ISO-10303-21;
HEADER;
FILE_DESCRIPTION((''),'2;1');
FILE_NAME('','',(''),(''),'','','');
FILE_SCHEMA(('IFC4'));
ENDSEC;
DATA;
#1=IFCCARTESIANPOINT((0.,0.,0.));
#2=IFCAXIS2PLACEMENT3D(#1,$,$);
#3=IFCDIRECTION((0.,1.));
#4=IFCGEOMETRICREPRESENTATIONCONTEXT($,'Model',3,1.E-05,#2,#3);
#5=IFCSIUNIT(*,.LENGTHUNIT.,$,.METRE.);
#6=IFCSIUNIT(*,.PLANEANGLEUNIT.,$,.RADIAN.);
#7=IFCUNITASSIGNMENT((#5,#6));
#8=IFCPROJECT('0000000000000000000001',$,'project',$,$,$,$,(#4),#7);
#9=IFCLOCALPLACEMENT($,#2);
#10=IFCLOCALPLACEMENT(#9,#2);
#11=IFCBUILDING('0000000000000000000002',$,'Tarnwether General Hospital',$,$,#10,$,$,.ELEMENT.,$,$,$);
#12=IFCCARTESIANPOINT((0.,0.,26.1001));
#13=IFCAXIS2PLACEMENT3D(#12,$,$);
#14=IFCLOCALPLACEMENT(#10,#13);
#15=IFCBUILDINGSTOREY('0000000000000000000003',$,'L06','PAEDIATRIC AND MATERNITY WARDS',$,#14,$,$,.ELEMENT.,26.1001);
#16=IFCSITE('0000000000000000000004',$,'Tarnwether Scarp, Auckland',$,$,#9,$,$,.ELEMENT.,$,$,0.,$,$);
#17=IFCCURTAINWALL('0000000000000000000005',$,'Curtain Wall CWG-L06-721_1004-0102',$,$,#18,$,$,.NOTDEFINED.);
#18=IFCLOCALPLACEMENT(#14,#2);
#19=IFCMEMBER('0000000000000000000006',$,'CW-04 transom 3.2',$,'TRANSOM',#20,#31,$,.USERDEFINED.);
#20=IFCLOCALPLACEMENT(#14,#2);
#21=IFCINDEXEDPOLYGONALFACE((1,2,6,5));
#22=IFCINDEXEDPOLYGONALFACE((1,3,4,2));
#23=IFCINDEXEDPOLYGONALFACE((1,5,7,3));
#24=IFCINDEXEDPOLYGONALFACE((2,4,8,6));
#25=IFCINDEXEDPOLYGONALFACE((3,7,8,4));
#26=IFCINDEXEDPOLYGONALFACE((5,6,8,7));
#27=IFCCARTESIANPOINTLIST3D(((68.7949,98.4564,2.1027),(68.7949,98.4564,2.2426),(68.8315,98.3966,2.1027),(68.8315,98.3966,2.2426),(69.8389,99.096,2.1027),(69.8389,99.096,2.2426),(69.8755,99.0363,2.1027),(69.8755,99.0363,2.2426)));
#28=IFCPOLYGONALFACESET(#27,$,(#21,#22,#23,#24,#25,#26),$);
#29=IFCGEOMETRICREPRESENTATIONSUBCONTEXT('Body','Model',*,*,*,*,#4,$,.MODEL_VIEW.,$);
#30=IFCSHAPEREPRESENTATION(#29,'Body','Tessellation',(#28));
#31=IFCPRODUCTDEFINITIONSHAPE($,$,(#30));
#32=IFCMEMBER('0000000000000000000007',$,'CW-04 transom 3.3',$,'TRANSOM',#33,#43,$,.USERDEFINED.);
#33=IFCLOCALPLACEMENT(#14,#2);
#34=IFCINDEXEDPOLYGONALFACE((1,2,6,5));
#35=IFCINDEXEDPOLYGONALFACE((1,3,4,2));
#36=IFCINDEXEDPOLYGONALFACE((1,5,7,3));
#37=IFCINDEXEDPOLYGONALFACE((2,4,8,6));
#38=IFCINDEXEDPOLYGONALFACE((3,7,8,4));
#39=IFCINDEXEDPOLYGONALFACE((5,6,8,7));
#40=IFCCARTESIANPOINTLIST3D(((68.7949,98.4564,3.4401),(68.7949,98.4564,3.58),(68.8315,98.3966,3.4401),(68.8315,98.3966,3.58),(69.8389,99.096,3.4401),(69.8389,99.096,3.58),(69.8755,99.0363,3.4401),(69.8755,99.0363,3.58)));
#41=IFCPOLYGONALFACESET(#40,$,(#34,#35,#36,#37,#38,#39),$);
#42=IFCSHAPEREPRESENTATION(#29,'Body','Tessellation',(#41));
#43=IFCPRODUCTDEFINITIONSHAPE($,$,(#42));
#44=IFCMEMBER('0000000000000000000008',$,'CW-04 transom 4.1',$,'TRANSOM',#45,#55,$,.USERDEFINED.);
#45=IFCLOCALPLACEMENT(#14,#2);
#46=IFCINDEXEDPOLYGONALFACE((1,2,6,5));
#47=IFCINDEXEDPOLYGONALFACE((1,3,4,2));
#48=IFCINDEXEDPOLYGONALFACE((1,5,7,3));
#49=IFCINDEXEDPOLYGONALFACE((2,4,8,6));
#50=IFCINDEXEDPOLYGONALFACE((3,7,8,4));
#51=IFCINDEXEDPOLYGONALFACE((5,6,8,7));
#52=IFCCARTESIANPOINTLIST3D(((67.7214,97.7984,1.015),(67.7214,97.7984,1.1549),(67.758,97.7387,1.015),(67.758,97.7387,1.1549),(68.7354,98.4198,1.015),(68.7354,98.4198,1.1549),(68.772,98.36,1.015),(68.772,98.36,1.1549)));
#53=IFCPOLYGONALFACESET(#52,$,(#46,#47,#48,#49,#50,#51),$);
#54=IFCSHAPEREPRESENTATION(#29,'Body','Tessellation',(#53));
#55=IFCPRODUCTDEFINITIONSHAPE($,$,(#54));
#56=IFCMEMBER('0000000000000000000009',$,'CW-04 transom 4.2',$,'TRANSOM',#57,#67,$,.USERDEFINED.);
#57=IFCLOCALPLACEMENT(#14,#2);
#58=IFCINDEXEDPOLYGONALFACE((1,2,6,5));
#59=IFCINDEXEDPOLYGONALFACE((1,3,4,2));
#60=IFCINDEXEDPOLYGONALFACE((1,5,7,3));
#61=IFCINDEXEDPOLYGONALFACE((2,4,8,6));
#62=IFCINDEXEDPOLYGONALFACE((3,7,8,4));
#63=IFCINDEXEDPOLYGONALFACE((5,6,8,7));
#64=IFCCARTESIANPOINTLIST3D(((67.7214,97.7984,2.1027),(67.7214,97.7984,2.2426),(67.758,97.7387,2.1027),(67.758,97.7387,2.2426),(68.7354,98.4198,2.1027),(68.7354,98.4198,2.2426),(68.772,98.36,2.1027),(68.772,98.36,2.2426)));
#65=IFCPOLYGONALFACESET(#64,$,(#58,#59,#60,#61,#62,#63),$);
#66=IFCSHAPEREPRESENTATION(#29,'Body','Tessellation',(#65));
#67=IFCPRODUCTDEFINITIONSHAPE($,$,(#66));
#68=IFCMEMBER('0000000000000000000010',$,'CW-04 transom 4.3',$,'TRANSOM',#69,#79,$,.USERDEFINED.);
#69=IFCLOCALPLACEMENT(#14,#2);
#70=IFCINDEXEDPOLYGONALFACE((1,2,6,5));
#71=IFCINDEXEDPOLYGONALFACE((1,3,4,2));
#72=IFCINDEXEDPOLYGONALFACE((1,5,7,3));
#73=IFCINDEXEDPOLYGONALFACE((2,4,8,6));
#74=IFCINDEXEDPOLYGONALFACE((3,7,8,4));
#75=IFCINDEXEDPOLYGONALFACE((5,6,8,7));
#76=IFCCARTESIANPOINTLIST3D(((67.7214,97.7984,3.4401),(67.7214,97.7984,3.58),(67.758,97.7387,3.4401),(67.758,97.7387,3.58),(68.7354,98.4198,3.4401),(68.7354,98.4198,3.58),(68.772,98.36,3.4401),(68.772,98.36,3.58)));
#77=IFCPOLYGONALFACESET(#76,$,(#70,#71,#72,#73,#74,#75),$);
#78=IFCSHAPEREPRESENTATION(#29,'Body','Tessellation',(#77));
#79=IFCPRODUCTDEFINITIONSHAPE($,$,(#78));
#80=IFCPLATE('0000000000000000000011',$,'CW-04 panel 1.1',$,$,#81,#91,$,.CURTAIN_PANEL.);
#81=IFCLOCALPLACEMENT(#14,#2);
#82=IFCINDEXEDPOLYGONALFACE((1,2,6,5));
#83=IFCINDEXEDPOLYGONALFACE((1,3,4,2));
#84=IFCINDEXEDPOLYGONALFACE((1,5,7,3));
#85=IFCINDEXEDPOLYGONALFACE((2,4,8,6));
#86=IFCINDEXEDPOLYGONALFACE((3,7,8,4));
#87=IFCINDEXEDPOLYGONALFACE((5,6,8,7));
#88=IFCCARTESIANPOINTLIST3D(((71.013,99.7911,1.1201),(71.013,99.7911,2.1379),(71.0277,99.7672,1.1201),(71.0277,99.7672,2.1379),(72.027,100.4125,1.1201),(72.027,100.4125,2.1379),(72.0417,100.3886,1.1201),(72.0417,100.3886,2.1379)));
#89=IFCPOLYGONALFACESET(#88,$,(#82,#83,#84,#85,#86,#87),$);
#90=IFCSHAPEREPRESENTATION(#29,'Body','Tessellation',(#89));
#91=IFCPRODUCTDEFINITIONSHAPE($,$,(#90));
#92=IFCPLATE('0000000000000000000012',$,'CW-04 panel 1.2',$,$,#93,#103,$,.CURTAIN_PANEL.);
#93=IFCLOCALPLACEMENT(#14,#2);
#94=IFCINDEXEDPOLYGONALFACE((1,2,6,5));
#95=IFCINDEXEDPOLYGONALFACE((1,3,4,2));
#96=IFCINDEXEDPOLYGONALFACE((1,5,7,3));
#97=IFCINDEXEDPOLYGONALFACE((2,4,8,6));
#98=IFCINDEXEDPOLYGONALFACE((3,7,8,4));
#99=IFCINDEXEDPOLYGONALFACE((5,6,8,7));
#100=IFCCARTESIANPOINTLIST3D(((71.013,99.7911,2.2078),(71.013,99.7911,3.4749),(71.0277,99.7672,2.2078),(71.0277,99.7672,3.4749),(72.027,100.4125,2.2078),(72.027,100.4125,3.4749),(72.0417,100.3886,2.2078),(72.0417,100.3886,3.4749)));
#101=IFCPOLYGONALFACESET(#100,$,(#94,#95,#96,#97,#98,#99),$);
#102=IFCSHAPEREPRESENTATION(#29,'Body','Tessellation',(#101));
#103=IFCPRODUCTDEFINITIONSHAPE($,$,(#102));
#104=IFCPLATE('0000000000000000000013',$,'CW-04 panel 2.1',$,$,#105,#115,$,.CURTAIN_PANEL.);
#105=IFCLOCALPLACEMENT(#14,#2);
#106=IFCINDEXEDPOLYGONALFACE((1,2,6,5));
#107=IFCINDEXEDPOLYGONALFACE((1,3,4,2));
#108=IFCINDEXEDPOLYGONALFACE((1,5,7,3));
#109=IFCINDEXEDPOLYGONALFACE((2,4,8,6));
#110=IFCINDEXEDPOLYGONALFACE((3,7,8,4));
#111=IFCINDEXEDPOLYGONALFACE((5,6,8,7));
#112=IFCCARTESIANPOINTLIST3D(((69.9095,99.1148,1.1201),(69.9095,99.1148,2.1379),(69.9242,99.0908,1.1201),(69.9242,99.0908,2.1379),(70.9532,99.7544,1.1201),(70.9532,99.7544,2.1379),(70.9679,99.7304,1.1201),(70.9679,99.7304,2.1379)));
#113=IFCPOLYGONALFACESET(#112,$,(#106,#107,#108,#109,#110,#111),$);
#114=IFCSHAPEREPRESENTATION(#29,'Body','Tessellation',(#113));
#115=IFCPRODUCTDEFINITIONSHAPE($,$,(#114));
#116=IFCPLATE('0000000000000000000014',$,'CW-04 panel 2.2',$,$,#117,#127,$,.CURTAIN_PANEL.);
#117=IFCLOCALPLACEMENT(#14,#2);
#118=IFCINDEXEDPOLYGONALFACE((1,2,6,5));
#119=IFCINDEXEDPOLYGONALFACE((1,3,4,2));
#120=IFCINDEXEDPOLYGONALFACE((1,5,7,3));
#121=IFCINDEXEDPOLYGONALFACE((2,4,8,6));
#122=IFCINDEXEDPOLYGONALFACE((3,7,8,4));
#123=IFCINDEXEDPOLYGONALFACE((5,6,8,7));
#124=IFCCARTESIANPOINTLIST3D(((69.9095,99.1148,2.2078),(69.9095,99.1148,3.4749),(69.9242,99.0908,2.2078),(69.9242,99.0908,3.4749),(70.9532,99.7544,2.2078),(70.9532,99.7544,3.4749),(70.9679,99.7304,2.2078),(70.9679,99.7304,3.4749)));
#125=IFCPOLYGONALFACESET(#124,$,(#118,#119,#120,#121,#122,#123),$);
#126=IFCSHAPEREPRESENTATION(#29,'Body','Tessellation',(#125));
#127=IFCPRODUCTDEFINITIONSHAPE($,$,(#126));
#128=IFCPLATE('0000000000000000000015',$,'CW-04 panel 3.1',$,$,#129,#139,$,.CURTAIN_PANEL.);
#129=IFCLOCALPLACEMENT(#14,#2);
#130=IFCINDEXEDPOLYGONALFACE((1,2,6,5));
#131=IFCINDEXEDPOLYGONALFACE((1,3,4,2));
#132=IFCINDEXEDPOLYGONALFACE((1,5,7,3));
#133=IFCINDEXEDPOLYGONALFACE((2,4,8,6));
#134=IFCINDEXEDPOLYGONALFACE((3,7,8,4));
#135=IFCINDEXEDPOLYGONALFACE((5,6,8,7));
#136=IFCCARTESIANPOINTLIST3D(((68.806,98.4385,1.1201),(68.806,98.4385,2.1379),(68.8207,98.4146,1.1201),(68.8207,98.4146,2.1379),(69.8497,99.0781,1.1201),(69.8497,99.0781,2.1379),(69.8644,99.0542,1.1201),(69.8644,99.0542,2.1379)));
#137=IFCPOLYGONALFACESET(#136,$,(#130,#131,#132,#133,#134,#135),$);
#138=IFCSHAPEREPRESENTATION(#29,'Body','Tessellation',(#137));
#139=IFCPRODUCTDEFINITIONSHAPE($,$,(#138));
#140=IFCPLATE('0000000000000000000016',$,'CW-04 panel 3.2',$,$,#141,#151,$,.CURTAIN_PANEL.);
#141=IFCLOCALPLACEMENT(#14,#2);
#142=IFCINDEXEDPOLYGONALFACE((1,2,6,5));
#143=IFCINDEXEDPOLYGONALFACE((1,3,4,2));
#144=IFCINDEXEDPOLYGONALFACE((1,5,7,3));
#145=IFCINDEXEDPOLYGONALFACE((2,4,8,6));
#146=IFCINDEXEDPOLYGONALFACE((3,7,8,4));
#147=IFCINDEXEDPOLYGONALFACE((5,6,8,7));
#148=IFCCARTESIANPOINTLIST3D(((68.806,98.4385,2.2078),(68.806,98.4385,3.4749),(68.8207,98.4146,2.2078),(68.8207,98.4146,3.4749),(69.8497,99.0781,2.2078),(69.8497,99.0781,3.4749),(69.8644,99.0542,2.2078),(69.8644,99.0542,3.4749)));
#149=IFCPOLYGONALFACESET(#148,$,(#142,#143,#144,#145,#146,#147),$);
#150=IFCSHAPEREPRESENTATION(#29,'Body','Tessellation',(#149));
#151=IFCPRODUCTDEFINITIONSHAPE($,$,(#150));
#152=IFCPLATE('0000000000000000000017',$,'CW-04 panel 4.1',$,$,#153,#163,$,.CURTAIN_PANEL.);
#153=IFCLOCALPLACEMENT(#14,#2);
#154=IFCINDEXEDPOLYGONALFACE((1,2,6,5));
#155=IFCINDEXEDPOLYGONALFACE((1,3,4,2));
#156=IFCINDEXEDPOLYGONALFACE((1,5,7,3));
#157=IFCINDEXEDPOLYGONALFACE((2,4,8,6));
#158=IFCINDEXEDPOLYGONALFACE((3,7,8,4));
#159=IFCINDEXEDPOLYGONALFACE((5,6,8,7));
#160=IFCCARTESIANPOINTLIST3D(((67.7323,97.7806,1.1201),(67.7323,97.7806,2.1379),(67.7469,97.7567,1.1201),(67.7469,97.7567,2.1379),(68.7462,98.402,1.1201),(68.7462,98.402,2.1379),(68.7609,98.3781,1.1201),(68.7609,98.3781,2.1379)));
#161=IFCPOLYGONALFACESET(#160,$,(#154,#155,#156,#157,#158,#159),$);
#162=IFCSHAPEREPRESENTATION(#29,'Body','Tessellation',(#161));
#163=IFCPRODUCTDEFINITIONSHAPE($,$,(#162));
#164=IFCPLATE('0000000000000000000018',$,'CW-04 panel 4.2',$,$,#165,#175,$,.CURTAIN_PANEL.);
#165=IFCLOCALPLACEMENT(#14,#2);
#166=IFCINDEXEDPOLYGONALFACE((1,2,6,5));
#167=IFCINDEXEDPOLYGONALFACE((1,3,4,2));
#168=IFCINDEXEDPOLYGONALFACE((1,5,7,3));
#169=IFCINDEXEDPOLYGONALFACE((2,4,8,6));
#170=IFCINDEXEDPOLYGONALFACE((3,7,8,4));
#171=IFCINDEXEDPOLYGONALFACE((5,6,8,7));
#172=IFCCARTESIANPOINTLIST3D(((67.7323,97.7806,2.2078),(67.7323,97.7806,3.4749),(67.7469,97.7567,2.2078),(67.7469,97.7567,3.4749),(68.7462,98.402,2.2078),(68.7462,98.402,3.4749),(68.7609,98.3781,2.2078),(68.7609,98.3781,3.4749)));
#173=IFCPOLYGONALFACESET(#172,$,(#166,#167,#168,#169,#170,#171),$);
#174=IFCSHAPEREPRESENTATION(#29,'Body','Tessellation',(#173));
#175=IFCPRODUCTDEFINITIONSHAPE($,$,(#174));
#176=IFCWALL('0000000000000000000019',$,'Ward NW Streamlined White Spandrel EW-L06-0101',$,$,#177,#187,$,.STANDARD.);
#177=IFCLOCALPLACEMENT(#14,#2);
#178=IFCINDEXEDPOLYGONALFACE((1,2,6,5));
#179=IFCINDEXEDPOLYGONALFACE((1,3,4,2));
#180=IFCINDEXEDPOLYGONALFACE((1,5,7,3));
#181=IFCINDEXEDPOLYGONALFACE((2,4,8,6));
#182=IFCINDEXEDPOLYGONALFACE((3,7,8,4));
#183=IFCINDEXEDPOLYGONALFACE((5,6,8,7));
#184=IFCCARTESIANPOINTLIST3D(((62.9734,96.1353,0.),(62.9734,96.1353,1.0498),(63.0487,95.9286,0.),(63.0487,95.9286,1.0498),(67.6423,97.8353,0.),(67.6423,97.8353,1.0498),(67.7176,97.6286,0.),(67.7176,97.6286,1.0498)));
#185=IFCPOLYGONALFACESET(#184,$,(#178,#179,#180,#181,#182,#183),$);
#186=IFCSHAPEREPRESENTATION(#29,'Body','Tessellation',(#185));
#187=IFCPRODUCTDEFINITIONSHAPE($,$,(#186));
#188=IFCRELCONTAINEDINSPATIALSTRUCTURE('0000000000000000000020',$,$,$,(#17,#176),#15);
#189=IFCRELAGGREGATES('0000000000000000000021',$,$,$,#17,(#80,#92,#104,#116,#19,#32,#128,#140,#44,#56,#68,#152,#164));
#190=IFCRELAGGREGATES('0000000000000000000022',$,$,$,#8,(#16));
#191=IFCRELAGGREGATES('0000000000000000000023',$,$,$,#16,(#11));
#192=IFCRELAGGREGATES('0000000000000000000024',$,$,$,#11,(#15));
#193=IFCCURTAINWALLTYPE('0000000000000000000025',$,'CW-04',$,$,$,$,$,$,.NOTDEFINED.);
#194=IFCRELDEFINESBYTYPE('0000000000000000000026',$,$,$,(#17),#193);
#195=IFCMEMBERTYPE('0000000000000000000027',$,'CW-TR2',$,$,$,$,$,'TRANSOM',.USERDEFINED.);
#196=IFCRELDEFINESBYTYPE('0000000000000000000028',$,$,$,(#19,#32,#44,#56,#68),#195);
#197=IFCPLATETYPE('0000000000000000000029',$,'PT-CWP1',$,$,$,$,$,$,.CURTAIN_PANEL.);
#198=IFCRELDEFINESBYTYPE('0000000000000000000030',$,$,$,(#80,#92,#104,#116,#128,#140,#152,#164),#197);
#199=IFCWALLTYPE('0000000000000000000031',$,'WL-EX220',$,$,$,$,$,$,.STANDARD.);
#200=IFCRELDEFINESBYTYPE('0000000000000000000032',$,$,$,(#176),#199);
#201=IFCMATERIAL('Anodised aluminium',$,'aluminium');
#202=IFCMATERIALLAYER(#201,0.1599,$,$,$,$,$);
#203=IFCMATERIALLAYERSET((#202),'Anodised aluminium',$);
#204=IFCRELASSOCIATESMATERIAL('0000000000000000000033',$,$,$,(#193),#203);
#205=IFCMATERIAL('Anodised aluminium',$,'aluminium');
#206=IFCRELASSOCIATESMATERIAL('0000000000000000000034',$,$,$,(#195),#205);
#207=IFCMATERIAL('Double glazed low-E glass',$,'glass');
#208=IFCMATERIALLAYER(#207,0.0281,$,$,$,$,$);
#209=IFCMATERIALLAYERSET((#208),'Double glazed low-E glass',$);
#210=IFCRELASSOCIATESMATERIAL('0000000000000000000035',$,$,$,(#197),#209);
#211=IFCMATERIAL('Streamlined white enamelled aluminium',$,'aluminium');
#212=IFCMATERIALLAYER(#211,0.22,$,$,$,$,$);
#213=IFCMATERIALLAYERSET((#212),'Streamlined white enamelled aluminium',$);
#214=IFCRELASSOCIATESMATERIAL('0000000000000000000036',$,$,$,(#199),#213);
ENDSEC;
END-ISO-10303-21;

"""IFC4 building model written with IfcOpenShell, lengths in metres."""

from ifc_helpers import new_model, si_unit, direction, frame, frame_2d, origin, origin_2d, place, context, subcontext, project, spatial, rectangle, extrude, material, layer, layer_set, material_profile, profile_set, type_object, element, aggregate, save


model = new_model("IFC4")

# Units and contexts
model_context = context("Model", 3, precision=1e-05, world=origin(), true_north=direction((0.0, 1.0)))
body_context = subcontext(model_context, "Body", "Model", "MODEL_VIEW")
ifc_project = project(units=[si_unit("LENGTHUNIT", "METRE"), si_unit("PLANEANGLEUNIT", "RADIAN")], contexts=[model_context])

# Site, building, storey
site_placement = place(None, origin())
site = spatial("IfcSite", under=ifc_project, at=site_placement, Name="Tarnwether Scarp, Auckland", CompositionType="ELEMENT", RefElevation=0.0)
building_placement = place(site_placement, origin())
building = spatial("IfcBuilding", under=site, at=building_placement, Name="Tarnwether General Hospital", CompositionType="ELEMENT")
storey_placement = place(building_placement, frame((0.0, 0.0, 26.1001)))
storey = spatial("IfcBuildingStorey", under=building, at=storey_placement, Name="L06", Description="PAEDIATRIC AND MATERNITY WARDS", CompositionType="ELEMENT", Elevation=26.1001)

# Shared definitions
ifc_material_1 = material(Name="Anodised aluminium", Category="aluminium")
ifc_layer_1 = layer(ifc_material_1, 0.1599)
ifc_layer_set_1 = layer_set([ifc_layer_1], Name="Anodised aluminium")
curtain_wall_type = type_object("IfcCurtainWallType", Name="CW-04", PredefinedType="NOTDEFINED", material=ifc_layer_set_1)

# Curtain wall
curtain_wall_1_placement = place(storey_placement, origin())
curtain_wall_1 = element("IfcCurtainWall", 1, at=curtain_wall_1_placement, inside=storey, type_object=curtain_wall_type, Name="Curtain Wall CWG-L06-721_1004-0102", PredefinedType="NOTDEFINED")

# Members
ifc_material_2 = material(Name="Anodised aluminium", Category="aluminium")
ifc_material_profile_1 = material_profile(ifc_material_2, rectangle(XDim=0.0701, YDim=0.1399, at=origin_2d()), Name="ALU-TRN-70x140")
ifc_profile_set_1 = profile_set([ifc_material_profile_1], Name="Anodised aluminium")
member_type_1 = type_object("IfcMemberType", Name="CW-TR2", ElementType="TRANSOM", PredefinedType="USERDEFINED", material=ifc_profile_set_1)
member_1_placement = place(storey_placement, frame((69.8572, 99.0662, 2.1726), z_axis=(-0.85267, -0.52245, 0.0), x_axis=(0.52245, -0.85267, 0.0)))
member_1 = element("IfcMember", 2, at=member_1_placement, type_object=member_type_1, Name="CW-04 transom 3.2", ObjectType="TRANSOM", PredefinedType="USERDEFINED", context=body_context, shape_type="SweptSolid", body=[
    extrude(rectangle(XDim=0.0701, YDim=0.1399, at=origin_2d()), origin(), (0.0, 0.0, 1.0), 1.2244),
])
member_2_placement = place(storey_placement, frame((69.8572, 99.0662, 3.51), z_axis=(-0.85267, -0.52245, 0.0), x_axis=(0.52245, -0.85267, 0.0)))
member_2 = element("IfcMember", 3, at=member_2_placement, type_object=member_type_1, Name="CW-04 transom 3.3", ObjectType="TRANSOM", PredefinedType="USERDEFINED", context=body_context, shape_type="SweptSolid", body=[
    extrude(rectangle(XDim=0.0701, YDim=0.1399, at=origin_2d()), origin(), (0.0, 0.0, 1.0), 1.2244),
])
member_3_placement = place(storey_placement, frame((68.7537, 98.3899, 1.085), z_axis=(-0.852637, -0.522504, 0.0), x_axis=(0.522504, -0.852637, 0.0)))
member_3 = element("IfcMember", 4, at=member_3_placement, type_object=member_type_1, Name="CW-04 transom 4.1", ObjectType="TRANSOM", PredefinedType="USERDEFINED", context=body_context, shape_type="SweptSolid", body=[
    extrude(rectangle(XDim=0.0701, YDim=0.1399, at=origin_2d()), origin(), (0.0, 0.0, 1.0), 1.1892),
])
member_4_placement = place(storey_placement, frame((68.7537, 98.3899, 2.1726), z_axis=(-0.852637, -0.522504, 0.0), x_axis=(0.522504, -0.852637, 0.0)))
member_4 = element("IfcMember", 5, at=member_4_placement, type_object=member_type_1, Name="CW-04 transom 4.2", ObjectType="TRANSOM", PredefinedType="USERDEFINED", context=body_context, shape_type="SweptSolid", body=[
    extrude(rectangle(XDim=0.0701, YDim=0.1399, at=origin_2d()), origin(), (0.0, 0.0, 1.0), 1.1892),
])
member_5_placement = place(storey_placement, frame((68.7537, 98.3899, 3.51), z_axis=(-0.852637, -0.522504, 0.0), x_axis=(0.522504, -0.852637, 0.0)))
member_5 = element("IfcMember", 6, at=member_5_placement, type_object=member_type_1, Name="CW-04 transom 4.3", ObjectType="TRANSOM", PredefinedType="USERDEFINED", context=body_context, shape_type="SweptSolid", body=[
    extrude(rectangle(XDim=0.0701, YDim=0.1399, at=origin_2d()), origin(), (0.0, 0.0, 1.0), 1.1892),
])

# Plates
ifc_material_3 = material(Name="Double glazed low-E glass", Category="glass")
ifc_layer_2 = layer(ifc_material_3, 0.0281)
ifc_layer_set_2 = layer_set([ifc_layer_2], Name="Double glazed low-E glass")
plate_type = type_object("IfcPlateType", Name="PT-CWP1", PredefinedType="CURTAIN_PANEL", material=ifc_layer_set_2)
plate_1_placement = place(storey_placement, frame((71.5273, 100.0898, 1.1201), z_axis=(0.0, 0.0, 1.0), x_axis=(-0.852632, -0.522512, 0.0)))
plate_1 = element("IfcPlate", 7, at=plate_1_placement, type_object=plate_type, Name="CW-04 panel 1.1", PredefinedType="CURTAIN_PANEL", context=body_context, shape_type="SweptSolid", body=[
    extrude(rectangle(XDim=1.1892, YDim=0.0281, at=origin_2d()), origin(), (0.0, 0.0, 1.0), 1.0178),
])
plate_2_placement = place(storey_placement, frame((71.5273, 100.0898, 2.2078), z_axis=(0.0, 0.0, 1.0), x_axis=(-0.852632, -0.522512, 0.0)))
plate_2 = element("IfcPlate", 8, at=plate_2_placement, type_object=plate_type, Name="CW-04 panel 1.2", PredefinedType="CURTAIN_PANEL", context=body_context, shape_type="SweptSolid", body=[
    extrude(rectangle(XDim=1.1892, YDim=0.0281, at=origin_2d()), origin(), (0.0, 0.0, 1.0), 1.2671),
])
plate_3_placement = place(storey_placement, frame((70.4387, 99.4226, 1.1201), z_axis=(0.0, 0.0, 1.0), x_axis=(-0.852632, -0.522512, 0.0)))
plate_3 = element("IfcPlate", 9, at=plate_3_placement, type_object=plate_type, Name="CW-04 panel 2.1", PredefinedType="CURTAIN_PANEL", context=body_context, shape_type="SweptSolid", body=[
    extrude(rectangle(XDim=1.2241, YDim=0.0281, at=origin_2d()), origin(), (0.0, 0.0, 1.0), 1.0178),
])
plate_4_placement = place(storey_placement, frame((70.4387, 99.4226, 2.2078), z_axis=(0.0, 0.0, 1.0), x_axis=(-0.852632, -0.522512, 0.0)))
plate_4 = element("IfcPlate", 10, at=plate_4_placement, type_object=plate_type, Name="CW-04 panel 2.2", PredefinedType="CURTAIN_PANEL", context=body_context, shape_type="SweptSolid", body=[
    extrude(rectangle(XDim=1.2241, YDim=0.0281, at=origin_2d()), origin(), (0.0, 0.0, 1.0), 1.2671),
])
plate_5_placement = place(storey_placement, frame((69.3352, 98.7463, 1.1201), z_axis=(0.0, 0.0, 1.0), x_axis=(-0.852632, -0.522512, 0.0)))
plate_5 = element("IfcPlate", 11, at=plate_5_placement, type_object=plate_type, Name="CW-04 panel 3.1", PredefinedType="CURTAIN_PANEL", context=body_context, shape_type="SweptSolid", body=[
    extrude(rectangle(XDim=1.2241, YDim=0.0281, at=origin_2d()), origin(), (0.0, 0.0, 1.0), 1.0178),
])
plate_6_placement = place(storey_placement, frame((69.3352, 98.7463, 2.2078), z_axis=(0.0, 0.0, 1.0), x_axis=(-0.852632, -0.522512, 0.0)))
plate_6 = element("IfcPlate", 12, at=plate_6_placement, type_object=plate_type, Name="CW-04 panel 3.2", PredefinedType="CURTAIN_PANEL", context=body_context, shape_type="SweptSolid", body=[
    extrude(rectangle(XDim=1.2241, YDim=0.0281, at=origin_2d()), origin(), (0.0, 0.0, 1.0), 1.2671),
])
plate_7_placement = place(storey_placement, frame((68.2466, 98.0793, 1.1201), z_axis=(0.0, 0.0, 1.0), x_axis=(-0.852632, -0.522512, 0.0)))
plate_7 = element("IfcPlate", 13, at=plate_7_placement, type_object=plate_type, Name="CW-04 panel 4.1", PredefinedType="CURTAIN_PANEL", context=body_context, shape_type="SweptSolid", body=[
    extrude(rectangle(XDim=1.1892, YDim=0.0281, at=origin_2d()), origin(), (0.0, 0.0, 1.0), 1.0178),
])
plate_8_placement = place(storey_placement, frame((68.2466, 98.0793, 2.2078), z_axis=(0.0, 0.0, 1.0), x_axis=(-0.852632, -0.522512, 0.0)))
plate_8 = element("IfcPlate", 14, at=plate_8_placement, type_object=plate_type, Name="CW-04 panel 4.2", PredefinedType="CURTAIN_PANEL", context=body_context, shape_type="SweptSolid", body=[
    extrude(rectangle(XDim=1.1892, YDim=0.0281, at=origin_2d()), origin(), (0.0, 0.0, 1.0), 1.2671),
])
aggregate(curtain_wall_1, [plate_1, plate_2, plate_3, plate_4, member_1, member_2, plate_5, plate_6, member_3, member_4, member_5, plate_7, plate_8])

# Wall
ifc_material_4 = material(Name="Streamlined white enamelled aluminium", Category="aluminium")
ifc_layer_3 = layer(ifc_material_4, 0.22)
ifc_layer_set_3 = layer_set([ifc_layer_3], Name="Streamlined white enamelled aluminium")
wall_type = type_object("IfcWallType", Name="WL-EX220", PredefinedType="STANDARD", material=ifc_layer_set_3)
wall_1_placement = place(storey_placement, frame((67.6799, 97.7319, 0.0), z_axis=(0.0, 0.0, 1.0), x_axis=(-0.939654, -0.342126, 0.0)))
element("IfcWall", 15, at=wall_1_placement, inside=storey, type_object=wall_type, Name="Ward NW Streamlined White Spandrel EW-L06-0101", PredefinedType="STANDARD", context=body_context, shape_type="SweptSolid", body=[
    extrude(rectangle(XDim=4.9688, YDim=0.22, at=frame_2d((2.4844, 0.0))), origin(), (0.0, 0.0, 1.0), 1.0498),
])

save(model, "model.ifc")
